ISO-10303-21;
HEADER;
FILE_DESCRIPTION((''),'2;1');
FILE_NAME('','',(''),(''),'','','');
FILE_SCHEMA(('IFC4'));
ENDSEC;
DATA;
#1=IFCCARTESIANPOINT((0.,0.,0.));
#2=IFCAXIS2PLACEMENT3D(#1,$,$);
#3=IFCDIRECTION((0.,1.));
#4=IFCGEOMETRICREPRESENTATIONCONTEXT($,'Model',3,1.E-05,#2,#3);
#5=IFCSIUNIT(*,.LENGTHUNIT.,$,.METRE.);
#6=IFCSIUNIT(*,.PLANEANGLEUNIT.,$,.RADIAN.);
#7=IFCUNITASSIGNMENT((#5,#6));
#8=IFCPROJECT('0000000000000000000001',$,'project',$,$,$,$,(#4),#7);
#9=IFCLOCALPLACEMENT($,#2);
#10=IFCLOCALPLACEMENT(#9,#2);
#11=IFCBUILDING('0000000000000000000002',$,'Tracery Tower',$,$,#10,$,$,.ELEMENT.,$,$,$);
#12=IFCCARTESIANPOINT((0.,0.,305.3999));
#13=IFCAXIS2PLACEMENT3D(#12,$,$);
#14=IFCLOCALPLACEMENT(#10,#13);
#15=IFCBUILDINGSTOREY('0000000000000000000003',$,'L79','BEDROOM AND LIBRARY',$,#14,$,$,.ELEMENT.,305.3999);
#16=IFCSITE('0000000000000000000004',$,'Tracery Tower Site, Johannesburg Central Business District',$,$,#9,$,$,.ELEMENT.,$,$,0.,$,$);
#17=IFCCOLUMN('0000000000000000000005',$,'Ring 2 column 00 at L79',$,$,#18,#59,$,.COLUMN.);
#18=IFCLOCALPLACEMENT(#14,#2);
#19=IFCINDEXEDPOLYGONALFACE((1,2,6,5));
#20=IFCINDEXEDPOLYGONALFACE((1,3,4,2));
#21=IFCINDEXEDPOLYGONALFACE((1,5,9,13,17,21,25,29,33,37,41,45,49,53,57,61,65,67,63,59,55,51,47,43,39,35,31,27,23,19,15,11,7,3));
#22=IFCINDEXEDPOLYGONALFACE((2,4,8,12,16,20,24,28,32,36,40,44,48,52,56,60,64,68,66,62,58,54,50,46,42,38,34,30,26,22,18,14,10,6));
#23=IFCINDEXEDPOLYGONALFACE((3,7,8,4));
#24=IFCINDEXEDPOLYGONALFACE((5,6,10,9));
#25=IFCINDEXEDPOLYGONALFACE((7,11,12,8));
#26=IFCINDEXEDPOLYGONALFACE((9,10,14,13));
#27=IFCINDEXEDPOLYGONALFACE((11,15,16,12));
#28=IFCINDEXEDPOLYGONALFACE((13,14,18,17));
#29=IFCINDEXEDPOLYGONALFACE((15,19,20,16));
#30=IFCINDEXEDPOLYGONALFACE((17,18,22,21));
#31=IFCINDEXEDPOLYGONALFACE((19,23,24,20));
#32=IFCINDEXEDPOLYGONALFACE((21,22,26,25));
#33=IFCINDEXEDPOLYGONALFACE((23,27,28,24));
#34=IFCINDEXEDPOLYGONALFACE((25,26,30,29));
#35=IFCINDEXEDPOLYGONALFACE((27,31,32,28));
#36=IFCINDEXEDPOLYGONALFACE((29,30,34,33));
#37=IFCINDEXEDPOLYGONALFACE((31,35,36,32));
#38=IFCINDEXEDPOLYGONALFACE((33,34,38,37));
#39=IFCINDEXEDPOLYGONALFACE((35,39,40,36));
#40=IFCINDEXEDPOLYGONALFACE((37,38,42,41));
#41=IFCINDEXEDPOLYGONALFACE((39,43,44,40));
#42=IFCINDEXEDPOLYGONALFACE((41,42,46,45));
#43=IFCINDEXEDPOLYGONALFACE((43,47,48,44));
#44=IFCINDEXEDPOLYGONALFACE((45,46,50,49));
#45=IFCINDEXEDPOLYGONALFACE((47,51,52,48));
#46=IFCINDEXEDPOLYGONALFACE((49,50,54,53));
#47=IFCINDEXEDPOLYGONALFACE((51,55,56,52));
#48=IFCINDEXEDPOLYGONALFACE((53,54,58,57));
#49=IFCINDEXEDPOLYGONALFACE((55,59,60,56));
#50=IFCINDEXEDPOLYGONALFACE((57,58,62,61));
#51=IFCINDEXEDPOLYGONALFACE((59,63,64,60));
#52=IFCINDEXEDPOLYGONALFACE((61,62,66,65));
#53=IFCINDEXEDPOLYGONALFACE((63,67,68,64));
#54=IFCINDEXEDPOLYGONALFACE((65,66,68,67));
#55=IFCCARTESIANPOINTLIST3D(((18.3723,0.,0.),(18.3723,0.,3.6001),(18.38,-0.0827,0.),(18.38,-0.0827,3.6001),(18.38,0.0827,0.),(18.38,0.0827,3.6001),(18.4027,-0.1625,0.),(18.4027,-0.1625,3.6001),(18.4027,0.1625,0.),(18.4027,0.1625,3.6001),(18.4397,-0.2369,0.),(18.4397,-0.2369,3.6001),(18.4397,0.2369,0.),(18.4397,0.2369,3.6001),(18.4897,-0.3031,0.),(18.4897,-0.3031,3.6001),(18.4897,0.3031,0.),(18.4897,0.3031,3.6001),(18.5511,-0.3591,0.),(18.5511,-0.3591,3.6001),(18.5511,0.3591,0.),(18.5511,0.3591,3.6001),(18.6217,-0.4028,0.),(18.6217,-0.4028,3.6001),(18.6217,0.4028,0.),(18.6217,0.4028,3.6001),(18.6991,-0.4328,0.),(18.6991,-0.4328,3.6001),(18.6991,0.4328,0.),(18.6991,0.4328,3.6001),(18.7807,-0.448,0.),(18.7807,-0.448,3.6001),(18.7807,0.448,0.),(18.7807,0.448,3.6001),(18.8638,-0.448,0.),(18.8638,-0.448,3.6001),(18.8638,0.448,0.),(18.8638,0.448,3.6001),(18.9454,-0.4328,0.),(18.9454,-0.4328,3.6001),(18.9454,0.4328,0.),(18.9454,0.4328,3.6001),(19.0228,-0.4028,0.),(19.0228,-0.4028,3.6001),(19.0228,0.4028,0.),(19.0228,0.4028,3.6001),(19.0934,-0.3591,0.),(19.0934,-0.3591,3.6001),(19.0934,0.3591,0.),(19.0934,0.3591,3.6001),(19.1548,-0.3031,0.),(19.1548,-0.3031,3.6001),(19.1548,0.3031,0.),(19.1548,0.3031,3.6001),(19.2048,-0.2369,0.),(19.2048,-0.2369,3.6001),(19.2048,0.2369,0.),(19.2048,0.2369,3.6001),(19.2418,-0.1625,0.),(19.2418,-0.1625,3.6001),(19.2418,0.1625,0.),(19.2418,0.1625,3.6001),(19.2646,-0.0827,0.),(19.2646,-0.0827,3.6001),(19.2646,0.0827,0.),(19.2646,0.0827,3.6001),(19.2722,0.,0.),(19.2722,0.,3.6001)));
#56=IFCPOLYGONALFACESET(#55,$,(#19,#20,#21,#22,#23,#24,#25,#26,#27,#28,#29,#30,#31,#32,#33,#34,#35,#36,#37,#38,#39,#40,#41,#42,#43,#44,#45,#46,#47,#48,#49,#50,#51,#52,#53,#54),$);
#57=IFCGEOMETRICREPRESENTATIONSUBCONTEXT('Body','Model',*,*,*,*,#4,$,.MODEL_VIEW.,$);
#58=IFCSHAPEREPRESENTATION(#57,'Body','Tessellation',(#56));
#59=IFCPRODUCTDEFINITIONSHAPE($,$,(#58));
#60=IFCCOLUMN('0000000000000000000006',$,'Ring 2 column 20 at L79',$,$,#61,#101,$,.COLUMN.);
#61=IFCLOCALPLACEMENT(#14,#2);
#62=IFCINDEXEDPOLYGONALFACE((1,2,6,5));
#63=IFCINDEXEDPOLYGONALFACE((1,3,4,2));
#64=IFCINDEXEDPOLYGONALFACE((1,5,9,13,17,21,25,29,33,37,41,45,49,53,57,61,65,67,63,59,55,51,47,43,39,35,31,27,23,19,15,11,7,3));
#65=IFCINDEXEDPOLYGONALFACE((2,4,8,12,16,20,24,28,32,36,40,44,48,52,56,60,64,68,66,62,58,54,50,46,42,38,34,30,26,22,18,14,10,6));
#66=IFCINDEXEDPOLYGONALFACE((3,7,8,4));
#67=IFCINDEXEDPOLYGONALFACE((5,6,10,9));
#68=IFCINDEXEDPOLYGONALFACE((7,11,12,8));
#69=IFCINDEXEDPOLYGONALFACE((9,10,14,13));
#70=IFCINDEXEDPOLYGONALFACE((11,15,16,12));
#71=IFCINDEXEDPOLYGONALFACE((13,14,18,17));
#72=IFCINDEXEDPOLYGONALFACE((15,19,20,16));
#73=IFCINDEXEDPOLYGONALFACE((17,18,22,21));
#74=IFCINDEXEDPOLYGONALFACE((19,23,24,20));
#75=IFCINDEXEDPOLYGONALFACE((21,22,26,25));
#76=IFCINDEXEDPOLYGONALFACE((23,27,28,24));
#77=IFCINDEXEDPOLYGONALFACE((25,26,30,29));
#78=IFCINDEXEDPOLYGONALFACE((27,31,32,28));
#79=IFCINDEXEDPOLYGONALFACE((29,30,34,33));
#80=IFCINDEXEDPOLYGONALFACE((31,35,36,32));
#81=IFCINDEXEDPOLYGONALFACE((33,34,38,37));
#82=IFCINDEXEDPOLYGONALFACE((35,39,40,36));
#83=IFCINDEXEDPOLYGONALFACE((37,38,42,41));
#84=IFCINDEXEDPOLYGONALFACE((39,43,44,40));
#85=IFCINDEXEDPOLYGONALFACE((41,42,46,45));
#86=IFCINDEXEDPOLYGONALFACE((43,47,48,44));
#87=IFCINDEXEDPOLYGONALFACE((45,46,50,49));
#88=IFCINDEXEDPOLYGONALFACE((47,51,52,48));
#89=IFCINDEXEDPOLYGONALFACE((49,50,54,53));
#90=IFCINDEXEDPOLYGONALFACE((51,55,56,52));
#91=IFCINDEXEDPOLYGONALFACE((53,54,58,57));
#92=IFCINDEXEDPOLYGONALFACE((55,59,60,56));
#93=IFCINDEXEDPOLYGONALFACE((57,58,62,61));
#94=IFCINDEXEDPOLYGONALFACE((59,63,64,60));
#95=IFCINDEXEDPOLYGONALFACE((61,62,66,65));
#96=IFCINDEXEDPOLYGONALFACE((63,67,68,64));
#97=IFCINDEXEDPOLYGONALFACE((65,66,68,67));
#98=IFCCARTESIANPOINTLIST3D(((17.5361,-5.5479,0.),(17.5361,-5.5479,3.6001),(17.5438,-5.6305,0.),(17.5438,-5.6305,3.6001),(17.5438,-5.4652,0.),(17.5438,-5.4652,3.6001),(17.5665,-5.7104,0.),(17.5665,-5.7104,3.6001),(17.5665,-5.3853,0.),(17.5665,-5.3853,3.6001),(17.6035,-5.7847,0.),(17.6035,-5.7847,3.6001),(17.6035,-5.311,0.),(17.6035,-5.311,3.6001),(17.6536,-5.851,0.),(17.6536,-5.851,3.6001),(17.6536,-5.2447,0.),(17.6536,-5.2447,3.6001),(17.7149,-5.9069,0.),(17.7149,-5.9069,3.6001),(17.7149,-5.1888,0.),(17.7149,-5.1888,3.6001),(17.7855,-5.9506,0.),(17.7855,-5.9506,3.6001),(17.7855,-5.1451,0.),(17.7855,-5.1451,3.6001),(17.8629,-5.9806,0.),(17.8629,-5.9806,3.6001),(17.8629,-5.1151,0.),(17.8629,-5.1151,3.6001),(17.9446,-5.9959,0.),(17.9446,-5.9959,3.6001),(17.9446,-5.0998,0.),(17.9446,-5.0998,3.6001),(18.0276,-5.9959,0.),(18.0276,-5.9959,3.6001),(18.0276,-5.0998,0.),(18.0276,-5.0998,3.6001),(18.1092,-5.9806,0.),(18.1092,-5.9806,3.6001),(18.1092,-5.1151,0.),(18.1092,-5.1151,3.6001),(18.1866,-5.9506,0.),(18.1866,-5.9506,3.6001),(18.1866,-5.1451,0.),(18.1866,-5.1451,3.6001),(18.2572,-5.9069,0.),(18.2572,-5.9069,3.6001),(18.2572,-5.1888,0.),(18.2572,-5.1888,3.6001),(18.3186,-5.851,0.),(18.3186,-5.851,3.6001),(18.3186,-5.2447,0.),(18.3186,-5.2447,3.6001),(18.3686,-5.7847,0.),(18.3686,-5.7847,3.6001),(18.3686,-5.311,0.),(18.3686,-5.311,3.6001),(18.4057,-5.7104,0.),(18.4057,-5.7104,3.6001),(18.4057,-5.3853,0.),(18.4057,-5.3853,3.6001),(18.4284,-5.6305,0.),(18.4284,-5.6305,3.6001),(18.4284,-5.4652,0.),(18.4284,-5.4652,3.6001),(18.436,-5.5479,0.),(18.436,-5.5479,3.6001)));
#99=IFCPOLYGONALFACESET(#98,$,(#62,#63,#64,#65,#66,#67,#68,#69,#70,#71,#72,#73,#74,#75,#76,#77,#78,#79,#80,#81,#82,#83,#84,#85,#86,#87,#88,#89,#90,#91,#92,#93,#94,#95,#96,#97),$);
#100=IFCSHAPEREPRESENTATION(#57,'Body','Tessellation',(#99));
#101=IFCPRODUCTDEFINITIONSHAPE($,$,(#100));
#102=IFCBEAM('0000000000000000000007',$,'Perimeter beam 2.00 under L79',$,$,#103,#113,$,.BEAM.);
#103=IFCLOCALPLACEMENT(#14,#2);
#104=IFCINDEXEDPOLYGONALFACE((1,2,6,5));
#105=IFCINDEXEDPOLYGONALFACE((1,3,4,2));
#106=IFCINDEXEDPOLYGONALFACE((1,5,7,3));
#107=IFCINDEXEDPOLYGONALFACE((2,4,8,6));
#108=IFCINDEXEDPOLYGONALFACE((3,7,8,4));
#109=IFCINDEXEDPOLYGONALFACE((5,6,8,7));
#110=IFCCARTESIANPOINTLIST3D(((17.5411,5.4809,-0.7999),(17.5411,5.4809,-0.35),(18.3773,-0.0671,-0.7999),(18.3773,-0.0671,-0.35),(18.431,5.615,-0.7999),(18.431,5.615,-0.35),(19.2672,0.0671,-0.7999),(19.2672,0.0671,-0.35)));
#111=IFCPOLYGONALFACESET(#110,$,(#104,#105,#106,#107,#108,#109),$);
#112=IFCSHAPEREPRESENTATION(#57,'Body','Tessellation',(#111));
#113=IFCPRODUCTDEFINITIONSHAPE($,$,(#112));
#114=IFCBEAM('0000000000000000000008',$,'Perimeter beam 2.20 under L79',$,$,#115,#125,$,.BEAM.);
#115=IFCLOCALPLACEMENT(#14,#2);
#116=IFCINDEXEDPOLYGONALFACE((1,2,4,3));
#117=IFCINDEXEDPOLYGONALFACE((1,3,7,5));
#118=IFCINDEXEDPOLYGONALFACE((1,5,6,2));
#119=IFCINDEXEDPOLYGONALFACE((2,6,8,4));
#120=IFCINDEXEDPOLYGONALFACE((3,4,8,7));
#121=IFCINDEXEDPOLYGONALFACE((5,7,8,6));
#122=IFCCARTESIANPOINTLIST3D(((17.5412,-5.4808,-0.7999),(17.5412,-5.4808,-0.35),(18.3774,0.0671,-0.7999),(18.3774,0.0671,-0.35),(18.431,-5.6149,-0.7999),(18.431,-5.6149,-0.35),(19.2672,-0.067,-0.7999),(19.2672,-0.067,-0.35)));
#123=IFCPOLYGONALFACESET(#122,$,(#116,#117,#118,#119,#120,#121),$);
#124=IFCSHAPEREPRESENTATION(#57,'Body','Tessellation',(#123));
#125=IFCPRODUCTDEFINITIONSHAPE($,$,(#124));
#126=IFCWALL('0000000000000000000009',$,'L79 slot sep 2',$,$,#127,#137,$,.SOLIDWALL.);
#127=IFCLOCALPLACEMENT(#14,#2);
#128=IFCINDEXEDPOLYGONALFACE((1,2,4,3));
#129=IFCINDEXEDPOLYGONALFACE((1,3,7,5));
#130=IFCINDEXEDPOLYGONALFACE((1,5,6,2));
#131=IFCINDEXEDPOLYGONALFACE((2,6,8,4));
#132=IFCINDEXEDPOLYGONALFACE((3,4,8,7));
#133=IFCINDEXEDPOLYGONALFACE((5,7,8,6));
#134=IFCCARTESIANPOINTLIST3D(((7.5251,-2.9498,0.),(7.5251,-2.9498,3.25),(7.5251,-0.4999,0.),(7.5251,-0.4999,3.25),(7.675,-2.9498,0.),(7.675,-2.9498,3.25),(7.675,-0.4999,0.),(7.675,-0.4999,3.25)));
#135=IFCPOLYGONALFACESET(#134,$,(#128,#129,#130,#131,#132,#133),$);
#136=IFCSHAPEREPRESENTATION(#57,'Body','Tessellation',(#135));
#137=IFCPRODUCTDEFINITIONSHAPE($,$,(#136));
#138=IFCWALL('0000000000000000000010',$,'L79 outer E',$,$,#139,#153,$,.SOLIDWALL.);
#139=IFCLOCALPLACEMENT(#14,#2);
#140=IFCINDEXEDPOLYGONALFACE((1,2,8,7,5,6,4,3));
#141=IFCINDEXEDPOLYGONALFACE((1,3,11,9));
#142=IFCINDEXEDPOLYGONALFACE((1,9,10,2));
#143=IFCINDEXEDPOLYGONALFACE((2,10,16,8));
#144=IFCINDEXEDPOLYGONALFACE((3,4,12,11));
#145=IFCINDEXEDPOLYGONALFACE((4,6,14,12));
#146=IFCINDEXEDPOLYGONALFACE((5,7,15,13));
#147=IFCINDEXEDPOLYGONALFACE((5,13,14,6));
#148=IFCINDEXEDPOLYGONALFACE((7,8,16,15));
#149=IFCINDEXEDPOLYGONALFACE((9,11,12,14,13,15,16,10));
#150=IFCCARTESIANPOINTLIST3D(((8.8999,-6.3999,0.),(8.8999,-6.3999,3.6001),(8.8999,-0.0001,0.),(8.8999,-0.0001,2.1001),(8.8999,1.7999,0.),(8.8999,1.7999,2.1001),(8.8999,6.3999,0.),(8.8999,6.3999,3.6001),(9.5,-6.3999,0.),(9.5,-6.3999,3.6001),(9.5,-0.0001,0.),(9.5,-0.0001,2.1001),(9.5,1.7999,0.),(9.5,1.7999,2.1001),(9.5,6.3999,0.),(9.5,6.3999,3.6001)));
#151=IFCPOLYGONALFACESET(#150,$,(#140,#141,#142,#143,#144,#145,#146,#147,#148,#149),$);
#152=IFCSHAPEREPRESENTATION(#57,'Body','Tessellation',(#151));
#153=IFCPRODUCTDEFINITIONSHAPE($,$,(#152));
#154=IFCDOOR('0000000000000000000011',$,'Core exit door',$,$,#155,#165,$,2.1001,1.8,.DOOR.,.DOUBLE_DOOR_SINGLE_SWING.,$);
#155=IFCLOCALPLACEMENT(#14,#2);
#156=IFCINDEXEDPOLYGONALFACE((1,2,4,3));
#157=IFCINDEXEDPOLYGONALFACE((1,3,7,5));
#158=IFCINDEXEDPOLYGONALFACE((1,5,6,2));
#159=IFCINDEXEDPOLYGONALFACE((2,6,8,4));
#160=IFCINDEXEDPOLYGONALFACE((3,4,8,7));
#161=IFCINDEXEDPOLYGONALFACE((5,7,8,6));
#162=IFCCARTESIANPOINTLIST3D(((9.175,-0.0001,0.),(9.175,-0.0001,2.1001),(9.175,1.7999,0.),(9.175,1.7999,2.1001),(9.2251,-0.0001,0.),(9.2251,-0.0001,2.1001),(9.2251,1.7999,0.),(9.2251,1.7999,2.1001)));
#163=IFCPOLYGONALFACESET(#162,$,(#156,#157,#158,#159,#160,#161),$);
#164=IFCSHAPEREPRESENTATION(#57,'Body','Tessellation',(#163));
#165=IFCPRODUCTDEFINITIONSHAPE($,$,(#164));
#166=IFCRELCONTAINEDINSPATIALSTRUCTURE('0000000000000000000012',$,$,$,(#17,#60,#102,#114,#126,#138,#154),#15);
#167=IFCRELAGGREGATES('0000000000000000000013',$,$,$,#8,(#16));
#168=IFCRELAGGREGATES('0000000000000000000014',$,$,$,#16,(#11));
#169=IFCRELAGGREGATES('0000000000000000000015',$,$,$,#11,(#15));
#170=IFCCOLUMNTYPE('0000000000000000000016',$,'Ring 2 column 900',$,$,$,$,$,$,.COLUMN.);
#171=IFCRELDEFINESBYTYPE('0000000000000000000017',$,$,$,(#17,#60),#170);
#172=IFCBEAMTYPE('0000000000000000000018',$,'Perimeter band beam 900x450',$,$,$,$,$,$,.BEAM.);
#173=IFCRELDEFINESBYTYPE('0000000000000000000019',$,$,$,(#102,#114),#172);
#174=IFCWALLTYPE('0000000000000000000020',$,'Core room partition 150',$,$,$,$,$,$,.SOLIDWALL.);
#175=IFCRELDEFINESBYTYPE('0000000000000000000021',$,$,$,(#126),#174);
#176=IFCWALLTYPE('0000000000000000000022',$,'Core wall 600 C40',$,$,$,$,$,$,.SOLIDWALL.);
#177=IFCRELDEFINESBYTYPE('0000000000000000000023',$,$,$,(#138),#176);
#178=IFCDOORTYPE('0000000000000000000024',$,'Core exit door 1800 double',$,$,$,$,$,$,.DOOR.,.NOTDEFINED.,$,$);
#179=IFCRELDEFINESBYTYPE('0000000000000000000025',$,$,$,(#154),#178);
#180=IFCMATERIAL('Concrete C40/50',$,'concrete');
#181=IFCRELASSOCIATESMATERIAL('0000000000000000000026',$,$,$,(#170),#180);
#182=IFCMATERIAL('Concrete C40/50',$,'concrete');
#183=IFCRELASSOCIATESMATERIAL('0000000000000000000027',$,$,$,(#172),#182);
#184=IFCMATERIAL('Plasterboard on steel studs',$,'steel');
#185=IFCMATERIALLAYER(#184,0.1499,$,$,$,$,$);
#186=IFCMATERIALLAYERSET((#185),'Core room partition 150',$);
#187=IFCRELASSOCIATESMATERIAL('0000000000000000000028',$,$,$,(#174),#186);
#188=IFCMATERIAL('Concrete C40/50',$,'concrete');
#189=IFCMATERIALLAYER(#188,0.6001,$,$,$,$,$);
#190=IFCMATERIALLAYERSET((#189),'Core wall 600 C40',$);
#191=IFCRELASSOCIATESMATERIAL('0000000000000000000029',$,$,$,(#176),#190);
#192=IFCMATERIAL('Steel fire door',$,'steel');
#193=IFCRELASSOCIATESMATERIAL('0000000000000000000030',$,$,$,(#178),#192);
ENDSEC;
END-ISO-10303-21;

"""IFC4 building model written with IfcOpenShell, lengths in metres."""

from ifc_helpers import new_model, si_unit, direction, frame, frame_2d, origin, origin_2d, place, context, subcontext, project, spatial, rectangle, circle, extrude, material, layer, layer_set, material_profile, profile_set, type_object, element, fill, save


model = new_model("IFC4")

# Units and contexts
model_context = context("Model", 3, precision=1e-05, world=origin(), true_north=direction((0.0, 1.0)))
body_context = subcontext(model_context, "Body", "Model", "MODEL_VIEW")
ifc_project = project(units=[si_unit("LENGTHUNIT", "METRE"), si_unit("PLANEANGLEUNIT", "RADIAN")], contexts=[model_context])

# Site, building, storey
site_placement = place(None, origin())
site = spatial("IfcSite", under=ifc_project, at=site_placement, Name="Tracery Tower Site, Johannesburg Central Business District", CompositionType="ELEMENT", RefElevation=0.0)
building_placement = place(site_placement, origin())
building = spatial("IfcBuilding", under=site, at=building_placement, Name="Tracery Tower", CompositionType="ELEMENT")
storey_placement = place(building_placement, frame((0.0, 0.0, 305.3999)))
storey = spatial("IfcBuildingStorey", under=building, at=storey_placement, Name="L79", Description="BEDROOM AND LIBRARY", CompositionType="ELEMENT", Elevation=305.3999)

# Columns
ifc_material_1 = material(Name="Concrete C40/50", Category="concrete")
ifc_material_profile_1 = material_profile(ifc_material_1, circle(Radius=0.45, at=origin_2d()), Name="RC D900")
ifc_profile_set_1 = profile_set([ifc_material_profile_1], Name="Concrete C40/50")
column_type = type_object("IfcColumnType", Name="Ring 2 column 900", PredefinedType="COLUMN", material=ifc_profile_set_1)
for number, where, z_axis, x_axis, name in (
    (1, (18.8223, 0.0, 0.0), (0.0, 0.0, 1.0), (1.0, 0.0, 0.0), "Ring 2 column 00 at L79"),
    (2, (17.9861, -5.5479, 0.0), (0.0, 0.0, 1.0), (1.0, 0.0, 0.0), "Ring 2 column 20 at L79"),
):
    element("IfcColumn", number, at=place(storey_placement, frame(where, z_axis=z_axis, x_axis=x_axis)), inside=storey, type_object=column_type, Name=name, PredefinedType="COLUMN", context=body_context, shape_type="SweptSolid", body=[
        extrude(circle(Radius=0.45, at=origin_2d()), origin(), (0.0, 0.0, 1.0), 3.6001),
    ])

# Beams
ifc_material_2 = material(Name="Concrete C40/50", Category="concrete")
ifc_material_profile_2 = material_profile(ifc_material_2, rectangle(XDim=0.8999, YDim=0.45, at=origin_2d()), Name="RC 900x450")
ifc_profile_set_2 = profile_set([ifc_material_profile_2], Name="Concrete C40/50")
beam_type = type_object("IfcBeamType", Name="Perimeter band beam 900x450", PredefinedType="BEAM", material=ifc_profile_set_2)
for number, where, z_axis, x_axis, name in (
    (3, (18.8223, 0.0, -0.575), (-0.149038, 0.988831, 0.0), (-0.988831, -0.149038, 0.0), "Perimeter beam 2.00 under L79"),
    (4, (17.9861, -5.5479, -0.575), (0.149038, 0.988831, 0.0), (-0.988831, 0.149038, 0.0), "Perimeter beam 2.20 under L79"),
):
    element("IfcBeam", number, at=place(storey_placement, frame(where, z_axis=z_axis, x_axis=x_axis)), inside=storey, type_object=beam_type, Name=name, PredefinedType="BEAM", context=body_context, shape_type="SweptSolid", body=[
        extrude(rectangle(XDim=0.8999, YDim=0.45, at=origin_2d()), origin(), (0.0, 0.0, 1.0), 5.6106),
    ])

# Wall
ifc_material_3 = material(Name="Plasterboard on steel studs", Category="steel")
ifc_layer_1 = layer(ifc_material_3, 0.1499)
ifc_layer_set_1 = layer_set([ifc_layer_1], Name="Core room partition 150")
wall_type_1 = type_object("IfcWallType", Name="Core room partition 150", PredefinedType="SOLIDWALL", material=ifc_layer_set_1)
wall_1_placement = place(storey_placement, frame((7.6001, -2.95, 0.0), z_axis=(0.0, 0.0, 1.0), x_axis=(0.0, 1.0, 0.0)))
element("IfcWall", 5, at=wall_1_placement, inside=storey, type_object=wall_type_1, Name="L79 slot sep 2", PredefinedType="SOLIDWALL", context=body_context, shape_type="SweptSolid", body=[
    extrude(rectangle(XDim=2.45, YDim=0.1499, at=frame_2d((1.2251, 0.0))), origin(), (0.0, 0.0, 1.0), 3.25),
])

# Wall, opening, door
ifc_material_4 = material(Name="Concrete C40/50", Category="concrete")
ifc_layer_2 = layer(ifc_material_4, 0.6001)
ifc_layer_set_2 = layer_set([ifc_layer_2], Name="Core wall 600 C40")
wall_type_2 = type_object("IfcWallType", Name="Core wall 600 C40", PredefinedType="SOLIDWALL", material=ifc_layer_set_2)
wall_2_placement = place(storey_placement, frame((9.2, -6.3999, 0.0), z_axis=(0.0, 0.0, 1.0), x_axis=(0.0, 1.0, 0.0)))
wall_2 = element("IfcWall", 6, at=wall_2_placement, inside=storey, type_object=wall_type_2, Name="L79 outer E", PredefinedType="SOLIDWALL", context=body_context, shape_type="SweptSolid", body=[
    extrude(rectangle(XDim=12.7998, YDim=0.6001, at=frame_2d((6.3999, 0.0))), origin(), (0.0, 0.0, 1.0), 3.6001),
])
opening_1_placement = place(wall_2_placement, frame((6.3999, 0.0, 0.0)))
opening_1 = element("IfcOpeningElement", 7, at=opening_1_placement, cuts=wall_2, PredefinedType="OPENING", context=body_context, shape_type="SweptSolid", body=[
    extrude(rectangle(XDim=1.8, YDim=2.1001, at=frame_2d((0.8999, 1.05))), frame((0.0, 0.3, 0.0), z_axis=(0.0, -1.0, 0.0), x_axis=(1.0, 0.0, 0.0)), (0.0, 0.0, 1.0), 0.6001),
])
ifc_material_5 = material(Name="Steel fire door", Category="steel")
door_type_1 = type_object("IfcDoorType", Name="Core exit door 1800 double", OperationType="NOTDEFINED", PredefinedType="DOOR", material=ifc_material_5)
door_1_placement = place(opening_1_placement, origin())
door_1 = element("IfcDoor", 8, at=door_1_placement, inside=storey, type_object=door_type_1, Name="Core exit door", OperationType="DOUBLE_DOOR_SINGLE_SWING", OverallHeight=2.1001, OverallWidth=1.8, PredefinedType="DOOR", context=body_context, shape_type="SweptSolid", body=[
    extrude(rectangle(XDim=1.8, YDim=2.1001, at=frame_2d((0.8999, 1.05))), frame((0.0, 0.0249, 0.0), z_axis=(0.0, -1.0, 0.0), x_axis=(1.0, 0.0, 0.0)), (0.0, 0.0, 1.0), 0.05),
])
fill(opening_1, door_1)

save(model, "model.ifc")
